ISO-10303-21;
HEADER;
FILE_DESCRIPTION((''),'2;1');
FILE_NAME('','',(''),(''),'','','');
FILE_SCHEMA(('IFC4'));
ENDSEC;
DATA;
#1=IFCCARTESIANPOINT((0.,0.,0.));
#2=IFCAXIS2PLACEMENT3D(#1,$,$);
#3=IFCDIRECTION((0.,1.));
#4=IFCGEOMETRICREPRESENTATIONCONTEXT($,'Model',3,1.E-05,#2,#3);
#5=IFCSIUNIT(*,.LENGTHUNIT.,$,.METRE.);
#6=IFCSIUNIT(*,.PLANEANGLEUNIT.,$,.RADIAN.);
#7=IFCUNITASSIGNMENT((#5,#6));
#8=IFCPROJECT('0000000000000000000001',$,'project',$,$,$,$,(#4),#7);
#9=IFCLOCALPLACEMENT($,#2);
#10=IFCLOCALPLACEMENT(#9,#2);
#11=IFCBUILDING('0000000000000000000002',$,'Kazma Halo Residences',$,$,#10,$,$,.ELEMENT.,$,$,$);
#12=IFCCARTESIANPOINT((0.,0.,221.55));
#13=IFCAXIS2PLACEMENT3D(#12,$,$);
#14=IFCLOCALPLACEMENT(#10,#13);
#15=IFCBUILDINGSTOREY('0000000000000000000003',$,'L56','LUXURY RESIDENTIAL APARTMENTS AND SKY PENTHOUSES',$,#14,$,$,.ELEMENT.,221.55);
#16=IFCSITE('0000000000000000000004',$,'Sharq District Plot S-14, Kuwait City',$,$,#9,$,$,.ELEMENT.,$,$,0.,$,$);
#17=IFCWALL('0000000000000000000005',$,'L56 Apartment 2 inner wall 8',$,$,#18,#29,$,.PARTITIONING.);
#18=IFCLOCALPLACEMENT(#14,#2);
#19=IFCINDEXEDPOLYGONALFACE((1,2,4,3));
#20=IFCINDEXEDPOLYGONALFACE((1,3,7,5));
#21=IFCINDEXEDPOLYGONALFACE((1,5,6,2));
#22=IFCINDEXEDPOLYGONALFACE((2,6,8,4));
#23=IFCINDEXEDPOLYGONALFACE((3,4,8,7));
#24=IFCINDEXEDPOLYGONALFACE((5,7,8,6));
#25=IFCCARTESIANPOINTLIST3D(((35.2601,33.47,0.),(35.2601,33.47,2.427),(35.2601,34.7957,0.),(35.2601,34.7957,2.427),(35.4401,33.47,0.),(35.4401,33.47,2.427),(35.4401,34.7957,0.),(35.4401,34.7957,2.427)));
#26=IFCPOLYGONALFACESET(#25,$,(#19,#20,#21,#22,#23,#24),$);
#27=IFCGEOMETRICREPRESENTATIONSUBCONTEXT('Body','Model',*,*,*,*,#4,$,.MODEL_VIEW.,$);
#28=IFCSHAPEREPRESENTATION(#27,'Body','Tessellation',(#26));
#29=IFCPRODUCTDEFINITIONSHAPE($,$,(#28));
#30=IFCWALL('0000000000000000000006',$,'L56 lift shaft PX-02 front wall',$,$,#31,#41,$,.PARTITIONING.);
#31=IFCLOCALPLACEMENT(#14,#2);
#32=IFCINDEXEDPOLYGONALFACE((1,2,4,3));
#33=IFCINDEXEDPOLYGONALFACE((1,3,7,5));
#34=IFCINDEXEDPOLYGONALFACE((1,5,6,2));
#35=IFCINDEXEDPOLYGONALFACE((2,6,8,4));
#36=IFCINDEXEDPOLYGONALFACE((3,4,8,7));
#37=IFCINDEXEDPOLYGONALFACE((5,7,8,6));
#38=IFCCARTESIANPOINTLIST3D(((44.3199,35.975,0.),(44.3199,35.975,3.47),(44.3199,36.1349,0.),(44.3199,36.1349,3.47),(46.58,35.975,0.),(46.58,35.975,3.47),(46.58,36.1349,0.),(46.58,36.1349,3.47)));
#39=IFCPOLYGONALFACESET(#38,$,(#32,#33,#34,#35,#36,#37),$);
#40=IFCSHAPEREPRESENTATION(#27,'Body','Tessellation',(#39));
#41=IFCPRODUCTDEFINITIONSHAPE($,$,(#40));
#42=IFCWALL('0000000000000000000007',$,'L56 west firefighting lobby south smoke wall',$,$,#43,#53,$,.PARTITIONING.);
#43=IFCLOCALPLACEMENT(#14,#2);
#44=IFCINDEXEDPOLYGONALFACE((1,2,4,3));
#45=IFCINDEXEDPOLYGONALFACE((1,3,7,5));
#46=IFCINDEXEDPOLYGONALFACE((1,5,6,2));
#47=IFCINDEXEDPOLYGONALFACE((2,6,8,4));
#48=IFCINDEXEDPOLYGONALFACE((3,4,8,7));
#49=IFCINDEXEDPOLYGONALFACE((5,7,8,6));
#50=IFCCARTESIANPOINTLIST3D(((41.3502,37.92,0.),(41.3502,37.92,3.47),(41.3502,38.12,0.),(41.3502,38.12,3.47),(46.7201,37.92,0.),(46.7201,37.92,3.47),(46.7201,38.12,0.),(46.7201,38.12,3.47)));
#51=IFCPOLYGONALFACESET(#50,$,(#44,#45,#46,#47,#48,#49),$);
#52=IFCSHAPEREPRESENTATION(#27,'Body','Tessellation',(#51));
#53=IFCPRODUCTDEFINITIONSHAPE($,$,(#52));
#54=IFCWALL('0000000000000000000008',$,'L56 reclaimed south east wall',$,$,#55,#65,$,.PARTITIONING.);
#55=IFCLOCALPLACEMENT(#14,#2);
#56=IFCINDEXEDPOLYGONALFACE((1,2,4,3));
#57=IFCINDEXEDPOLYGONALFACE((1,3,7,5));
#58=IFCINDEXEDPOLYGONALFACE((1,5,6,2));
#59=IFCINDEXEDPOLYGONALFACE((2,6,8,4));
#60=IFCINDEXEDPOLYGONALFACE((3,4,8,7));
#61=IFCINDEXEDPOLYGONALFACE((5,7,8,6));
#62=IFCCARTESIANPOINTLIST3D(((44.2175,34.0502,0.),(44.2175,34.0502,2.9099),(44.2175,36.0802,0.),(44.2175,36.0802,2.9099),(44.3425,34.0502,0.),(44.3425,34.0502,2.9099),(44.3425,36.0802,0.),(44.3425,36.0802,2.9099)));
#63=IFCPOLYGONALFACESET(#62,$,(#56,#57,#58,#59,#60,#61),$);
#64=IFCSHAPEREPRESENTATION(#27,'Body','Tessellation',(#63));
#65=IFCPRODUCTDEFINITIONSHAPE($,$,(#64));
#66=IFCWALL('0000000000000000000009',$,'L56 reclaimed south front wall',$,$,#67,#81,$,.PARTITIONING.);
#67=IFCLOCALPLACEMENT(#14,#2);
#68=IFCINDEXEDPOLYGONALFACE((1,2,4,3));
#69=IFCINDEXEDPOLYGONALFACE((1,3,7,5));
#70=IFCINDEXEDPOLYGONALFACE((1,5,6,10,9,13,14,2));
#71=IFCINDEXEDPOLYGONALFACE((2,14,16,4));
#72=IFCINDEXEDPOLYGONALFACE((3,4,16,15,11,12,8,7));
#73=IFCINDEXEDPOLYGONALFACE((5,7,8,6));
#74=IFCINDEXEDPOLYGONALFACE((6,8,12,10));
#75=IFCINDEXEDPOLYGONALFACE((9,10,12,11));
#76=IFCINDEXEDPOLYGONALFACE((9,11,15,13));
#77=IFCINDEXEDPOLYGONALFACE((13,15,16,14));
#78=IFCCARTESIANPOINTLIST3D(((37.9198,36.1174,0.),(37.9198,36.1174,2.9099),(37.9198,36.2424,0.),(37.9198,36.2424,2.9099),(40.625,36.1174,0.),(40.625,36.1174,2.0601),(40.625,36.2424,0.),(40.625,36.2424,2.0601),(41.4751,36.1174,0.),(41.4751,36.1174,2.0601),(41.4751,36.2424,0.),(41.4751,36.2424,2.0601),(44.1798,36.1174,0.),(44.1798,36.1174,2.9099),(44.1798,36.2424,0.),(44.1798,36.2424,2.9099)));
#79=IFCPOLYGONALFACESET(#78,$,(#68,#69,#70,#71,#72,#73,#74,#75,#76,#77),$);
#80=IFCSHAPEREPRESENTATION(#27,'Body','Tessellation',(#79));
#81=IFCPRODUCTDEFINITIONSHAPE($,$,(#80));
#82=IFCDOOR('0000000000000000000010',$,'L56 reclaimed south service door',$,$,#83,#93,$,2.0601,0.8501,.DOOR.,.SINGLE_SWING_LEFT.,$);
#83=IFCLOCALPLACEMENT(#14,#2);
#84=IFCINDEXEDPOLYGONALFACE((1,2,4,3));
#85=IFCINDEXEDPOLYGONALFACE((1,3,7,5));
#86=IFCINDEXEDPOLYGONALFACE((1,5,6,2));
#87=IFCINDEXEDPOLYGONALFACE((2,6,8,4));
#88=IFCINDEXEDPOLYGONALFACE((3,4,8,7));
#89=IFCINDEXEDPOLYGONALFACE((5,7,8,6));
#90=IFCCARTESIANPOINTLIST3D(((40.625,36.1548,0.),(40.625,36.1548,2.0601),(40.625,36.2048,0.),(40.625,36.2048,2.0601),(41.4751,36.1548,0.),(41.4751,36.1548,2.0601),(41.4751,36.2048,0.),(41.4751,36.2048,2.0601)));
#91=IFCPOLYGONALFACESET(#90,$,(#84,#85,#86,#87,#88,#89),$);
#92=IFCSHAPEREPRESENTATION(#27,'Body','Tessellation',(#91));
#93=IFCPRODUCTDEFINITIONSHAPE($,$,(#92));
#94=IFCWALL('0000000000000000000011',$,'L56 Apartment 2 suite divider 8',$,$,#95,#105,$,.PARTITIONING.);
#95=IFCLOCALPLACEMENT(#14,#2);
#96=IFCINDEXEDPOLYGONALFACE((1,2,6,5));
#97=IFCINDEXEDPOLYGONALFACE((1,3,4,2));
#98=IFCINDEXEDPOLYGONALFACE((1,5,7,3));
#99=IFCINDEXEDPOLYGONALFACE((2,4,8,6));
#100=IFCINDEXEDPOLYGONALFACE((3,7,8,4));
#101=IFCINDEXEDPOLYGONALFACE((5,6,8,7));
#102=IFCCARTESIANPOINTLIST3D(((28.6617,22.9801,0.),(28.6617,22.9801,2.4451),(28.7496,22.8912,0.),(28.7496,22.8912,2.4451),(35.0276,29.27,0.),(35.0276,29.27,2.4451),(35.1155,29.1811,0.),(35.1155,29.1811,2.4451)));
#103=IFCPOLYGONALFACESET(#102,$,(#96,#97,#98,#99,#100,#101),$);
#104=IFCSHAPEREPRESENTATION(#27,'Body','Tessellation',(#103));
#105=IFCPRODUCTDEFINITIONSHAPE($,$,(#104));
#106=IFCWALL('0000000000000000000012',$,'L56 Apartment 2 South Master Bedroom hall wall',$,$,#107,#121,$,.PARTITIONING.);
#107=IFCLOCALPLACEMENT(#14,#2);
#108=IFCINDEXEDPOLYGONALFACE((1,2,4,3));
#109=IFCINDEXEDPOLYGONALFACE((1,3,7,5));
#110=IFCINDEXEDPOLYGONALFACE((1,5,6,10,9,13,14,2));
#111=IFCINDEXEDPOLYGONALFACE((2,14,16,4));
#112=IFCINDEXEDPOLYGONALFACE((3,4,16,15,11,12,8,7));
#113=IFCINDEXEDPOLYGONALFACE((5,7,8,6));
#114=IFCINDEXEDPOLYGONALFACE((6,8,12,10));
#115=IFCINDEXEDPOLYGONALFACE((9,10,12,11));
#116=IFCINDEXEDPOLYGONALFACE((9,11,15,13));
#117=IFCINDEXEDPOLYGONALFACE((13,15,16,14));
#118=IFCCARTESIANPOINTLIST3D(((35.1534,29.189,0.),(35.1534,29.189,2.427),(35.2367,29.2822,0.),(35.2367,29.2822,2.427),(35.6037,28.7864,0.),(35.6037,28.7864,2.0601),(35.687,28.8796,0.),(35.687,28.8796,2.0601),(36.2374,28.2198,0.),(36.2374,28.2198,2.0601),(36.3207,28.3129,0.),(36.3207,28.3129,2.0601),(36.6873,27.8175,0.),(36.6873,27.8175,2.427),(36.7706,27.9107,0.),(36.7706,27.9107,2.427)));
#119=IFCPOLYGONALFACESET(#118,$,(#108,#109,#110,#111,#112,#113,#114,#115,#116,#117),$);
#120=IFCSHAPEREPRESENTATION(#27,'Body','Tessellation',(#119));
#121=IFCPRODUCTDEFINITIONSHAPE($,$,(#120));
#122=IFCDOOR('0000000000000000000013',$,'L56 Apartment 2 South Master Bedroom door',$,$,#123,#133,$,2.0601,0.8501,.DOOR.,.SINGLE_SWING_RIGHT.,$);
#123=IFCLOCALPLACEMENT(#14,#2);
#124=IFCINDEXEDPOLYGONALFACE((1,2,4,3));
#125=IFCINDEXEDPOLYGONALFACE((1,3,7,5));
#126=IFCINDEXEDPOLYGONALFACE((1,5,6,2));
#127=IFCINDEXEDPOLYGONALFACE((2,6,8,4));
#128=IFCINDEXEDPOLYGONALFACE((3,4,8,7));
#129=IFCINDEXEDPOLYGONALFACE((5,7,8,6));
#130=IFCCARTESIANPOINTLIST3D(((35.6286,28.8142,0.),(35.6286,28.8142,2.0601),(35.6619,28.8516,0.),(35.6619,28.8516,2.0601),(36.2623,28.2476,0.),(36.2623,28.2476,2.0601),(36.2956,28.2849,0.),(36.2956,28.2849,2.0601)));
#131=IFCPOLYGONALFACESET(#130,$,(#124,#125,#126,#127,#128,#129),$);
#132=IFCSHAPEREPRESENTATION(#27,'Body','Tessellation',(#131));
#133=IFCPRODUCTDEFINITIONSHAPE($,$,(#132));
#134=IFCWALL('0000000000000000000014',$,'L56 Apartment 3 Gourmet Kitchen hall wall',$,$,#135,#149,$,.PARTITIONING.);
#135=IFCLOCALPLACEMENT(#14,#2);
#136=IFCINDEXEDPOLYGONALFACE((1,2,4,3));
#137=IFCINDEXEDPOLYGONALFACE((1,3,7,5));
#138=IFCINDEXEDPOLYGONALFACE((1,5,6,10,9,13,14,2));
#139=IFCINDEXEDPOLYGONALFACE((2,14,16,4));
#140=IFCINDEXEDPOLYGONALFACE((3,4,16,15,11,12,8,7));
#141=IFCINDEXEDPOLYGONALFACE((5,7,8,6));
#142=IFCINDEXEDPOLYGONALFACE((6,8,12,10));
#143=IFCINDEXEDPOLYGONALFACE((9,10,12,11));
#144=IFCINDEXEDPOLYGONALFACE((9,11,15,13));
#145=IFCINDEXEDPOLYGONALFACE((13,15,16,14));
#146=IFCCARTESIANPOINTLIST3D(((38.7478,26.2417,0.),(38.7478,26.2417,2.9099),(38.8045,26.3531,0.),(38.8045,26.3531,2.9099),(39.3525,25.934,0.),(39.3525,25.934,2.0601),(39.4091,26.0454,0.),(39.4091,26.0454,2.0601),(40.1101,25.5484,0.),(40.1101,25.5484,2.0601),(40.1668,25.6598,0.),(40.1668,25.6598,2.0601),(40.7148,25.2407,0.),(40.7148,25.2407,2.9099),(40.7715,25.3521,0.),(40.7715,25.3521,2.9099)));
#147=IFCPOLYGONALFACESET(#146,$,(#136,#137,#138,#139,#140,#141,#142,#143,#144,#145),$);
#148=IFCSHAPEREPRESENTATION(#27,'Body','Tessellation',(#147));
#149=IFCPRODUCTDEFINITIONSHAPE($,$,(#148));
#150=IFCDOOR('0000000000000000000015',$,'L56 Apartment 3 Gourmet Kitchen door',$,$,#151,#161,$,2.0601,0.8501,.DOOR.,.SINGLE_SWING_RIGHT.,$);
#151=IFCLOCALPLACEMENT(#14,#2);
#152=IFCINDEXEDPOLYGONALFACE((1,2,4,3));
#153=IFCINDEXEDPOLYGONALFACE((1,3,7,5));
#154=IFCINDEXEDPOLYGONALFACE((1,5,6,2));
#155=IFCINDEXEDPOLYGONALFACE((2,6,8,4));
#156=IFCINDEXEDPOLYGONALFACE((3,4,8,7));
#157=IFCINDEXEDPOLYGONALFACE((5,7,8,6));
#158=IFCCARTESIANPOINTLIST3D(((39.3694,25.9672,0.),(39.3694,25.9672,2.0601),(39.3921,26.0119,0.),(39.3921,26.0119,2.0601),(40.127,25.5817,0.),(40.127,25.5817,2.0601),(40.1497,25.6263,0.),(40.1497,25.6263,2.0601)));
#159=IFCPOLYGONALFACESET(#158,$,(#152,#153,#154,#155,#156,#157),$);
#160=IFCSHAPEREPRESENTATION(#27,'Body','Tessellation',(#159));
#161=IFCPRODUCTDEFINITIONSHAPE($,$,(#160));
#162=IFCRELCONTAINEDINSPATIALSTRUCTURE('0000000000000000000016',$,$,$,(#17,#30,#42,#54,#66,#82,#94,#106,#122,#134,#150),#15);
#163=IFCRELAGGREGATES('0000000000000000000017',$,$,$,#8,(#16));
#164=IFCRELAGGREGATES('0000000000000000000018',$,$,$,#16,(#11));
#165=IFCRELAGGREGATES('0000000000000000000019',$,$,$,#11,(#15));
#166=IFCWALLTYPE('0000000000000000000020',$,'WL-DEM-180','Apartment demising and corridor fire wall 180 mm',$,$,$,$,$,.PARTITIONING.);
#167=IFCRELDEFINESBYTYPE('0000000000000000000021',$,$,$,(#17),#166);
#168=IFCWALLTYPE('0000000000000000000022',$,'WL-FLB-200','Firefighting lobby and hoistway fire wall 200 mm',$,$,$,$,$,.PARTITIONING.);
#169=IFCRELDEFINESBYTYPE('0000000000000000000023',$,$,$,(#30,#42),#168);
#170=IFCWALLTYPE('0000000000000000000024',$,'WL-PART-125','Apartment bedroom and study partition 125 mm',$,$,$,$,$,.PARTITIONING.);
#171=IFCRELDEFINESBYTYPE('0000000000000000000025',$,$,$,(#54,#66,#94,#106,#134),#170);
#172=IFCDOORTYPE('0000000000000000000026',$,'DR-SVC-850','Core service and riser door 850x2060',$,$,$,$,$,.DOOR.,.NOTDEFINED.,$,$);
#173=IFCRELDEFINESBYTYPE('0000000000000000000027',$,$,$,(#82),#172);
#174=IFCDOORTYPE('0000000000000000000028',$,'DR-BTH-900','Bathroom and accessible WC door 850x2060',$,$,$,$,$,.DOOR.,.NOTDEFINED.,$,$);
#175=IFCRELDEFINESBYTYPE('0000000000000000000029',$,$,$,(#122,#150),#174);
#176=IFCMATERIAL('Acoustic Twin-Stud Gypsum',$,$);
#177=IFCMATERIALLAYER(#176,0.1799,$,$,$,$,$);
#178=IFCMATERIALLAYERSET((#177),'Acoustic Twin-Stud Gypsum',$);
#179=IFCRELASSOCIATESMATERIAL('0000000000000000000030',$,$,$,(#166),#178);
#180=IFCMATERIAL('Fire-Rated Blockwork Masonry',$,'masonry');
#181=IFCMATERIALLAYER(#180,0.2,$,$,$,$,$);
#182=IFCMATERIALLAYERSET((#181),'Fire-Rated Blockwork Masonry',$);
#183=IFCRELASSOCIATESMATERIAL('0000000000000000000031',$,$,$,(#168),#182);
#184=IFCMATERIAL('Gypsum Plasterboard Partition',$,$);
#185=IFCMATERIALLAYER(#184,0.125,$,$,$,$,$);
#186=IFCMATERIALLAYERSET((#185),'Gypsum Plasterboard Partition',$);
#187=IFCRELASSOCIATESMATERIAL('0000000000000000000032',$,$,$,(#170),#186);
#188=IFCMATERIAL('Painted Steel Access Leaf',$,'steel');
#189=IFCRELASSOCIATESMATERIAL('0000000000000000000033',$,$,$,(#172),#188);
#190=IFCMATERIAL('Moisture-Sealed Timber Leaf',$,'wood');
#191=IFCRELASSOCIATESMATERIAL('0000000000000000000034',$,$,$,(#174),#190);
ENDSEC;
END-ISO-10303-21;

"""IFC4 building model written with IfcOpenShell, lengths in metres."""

from ifc_helpers import new_model, si_unit, direction, frame, frame_2d, origin, place, context, subcontext, project, spatial, rectangle, extrude, material, layer, layer_set, type_object, element, fill, save


model = new_model("IFC4")

# Units and contexts
model_context = context("Model", 3, precision=1e-05, world=origin(), true_north=direction((0.0, 1.0)))
body_context = subcontext(model_context, "Body", "Model", "MODEL_VIEW")
ifc_project = project(units=[si_unit("LENGTHUNIT", "METRE"), si_unit("PLANEANGLEUNIT", "RADIAN")], contexts=[model_context])

# Site, building, storey
site_placement = place(None, origin())
site = spatial("IfcSite", under=ifc_project, at=site_placement, Name="Sharq District Plot S-14, Kuwait City", CompositionType="ELEMENT", RefElevation=0.0)
building_placement = place(site_placement, origin())
building = spatial("IfcBuilding", under=site, at=building_placement, Name="Kazma Halo Residences", CompositionType="ELEMENT")
storey_placement = place(building_placement, frame((0.0, 0.0, 221.55)))
storey = spatial("IfcBuildingStorey", under=building, at=storey_placement, Name="L56", Description="LUXURY RESIDENTIAL APARTMENTS AND SKY PENTHOUSES", CompositionType="ELEMENT", Elevation=221.55)

# Shared definitions
ifc_material_1 = material(Name="Acoustic Twin-Stud Gypsum")
ifc_layer_1 = layer(ifc_material_1, 0.1799)
ifc_layer_set_1 = layer_set([ifc_layer_1], Name="Acoustic Twin-Stud Gypsum")
wall_type_1 = type_object("IfcWallType", Name="WL-DEM-180", Description="Apartment demising and corridor fire wall 180 mm", PredefinedType="PARTITIONING", material=ifc_layer_set_1)

# Walls
wall_1_placement = place(storey_placement, frame((35.3501, 34.7957, 0.0), z_axis=(0.0, 0.0, 1.0), x_axis=(0.0, -1.0, 0.0)))
element("IfcWall", 1, at=wall_1_placement, inside=storey, type_object=wall_type_1, Name="L56 Apartment 2 inner wall 8", PredefinedType="PARTITIONING", context=body_context, shape_type="SweptSolid", body=[
    extrude(rectangle(XDim=1.3257, YDim=0.1799, at=frame_2d((0.6628, 0.0))), origin(), (0.0, 0.0, 1.0), 2.427),
])
ifc_material_2 = material(Name="Fire-Rated Blockwork Masonry", Category="masonry")
ifc_layer_2 = layer(ifc_material_2, 0.2)
ifc_layer_set_2 = layer_set([ifc_layer_2], Name="Fire-Rated Blockwork Masonry")
wall_type_2 = type_object("IfcWallType", Name="WL-FLB-200", Description="Firefighting lobby and hoistway fire wall 200 mm", PredefinedType="PARTITIONING", material=ifc_layer_set_2)
wall_2_placement = place(storey_placement, frame((44.3201, 36.0549, 0.0), z_axis=(0.0, 0.0, 1.0), x_axis=(1.0, 0.0, 0.0)))
element("IfcWall", 2, at=wall_2_placement, inside=storey, type_object=wall_type_2, Name="L56 lift shaft PX-02 front wall", PredefinedType="PARTITIONING", context=body_context, shape_type="SweptSolid", body=[
    extrude(rectangle(XDim=2.26, YDim=0.1599, at=frame_2d((1.1299, 0.0))), origin(), (0.0, 0.0, 1.0), 3.47),
])
wall_3_placement = place(storey_placement, frame((41.3501, 38.02, 0.0), z_axis=(0.0, 0.0, 1.0), x_axis=(1.0, 0.0, 0.0)))
element("IfcWall", 3, at=wall_3_placement, inside=storey, type_object=wall_type_2, Name="L56 west firefighting lobby south smoke wall", PredefinedType="PARTITIONING", context=body_context, shape_type="SweptSolid", body=[
    extrude(rectangle(XDim=5.3699, YDim=0.2, at=frame_2d((2.6851, 0.0))), origin(), (0.0, 0.0, 1.0), 3.47),
])
ifc_material_3 = material(Name="Gypsum Plasterboard Partition")
ifc_layer_3 = layer(ifc_material_3, 0.125)
ifc_layer_set_3 = layer_set([ifc_layer_3], Name="Gypsum Plasterboard Partition")
wall_type_3 = type_object("IfcWallType", Name="WL-PART-125", Description="Apartment bedroom and study partition 125 mm", PredefinedType="PARTITIONING", material=ifc_layer_set_3)
wall_4_placement = place(storey_placement, frame((44.28, 34.05, 0.0), z_axis=(0.0, 0.0, 1.0), x_axis=(0.0, 1.0, 0.0)))
element("IfcWall", 4, at=wall_4_placement, inside=storey, type_object=wall_type_3, Name="L56 reclaimed south east wall", PredefinedType="PARTITIONING", context=body_context, shape_type="SweptSolid", body=[
    extrude(rectangle(XDim=2.03, YDim=0.125, at=frame_2d((1.0151, 0.0))), origin(), (0.0, 0.0, 1.0), 2.9099),
])

# Wall, opening, door
wall_5_placement = place(storey_placement, frame((37.9199, 36.1799, 0.0), z_axis=(0.0, 0.0, 1.0), x_axis=(1.0, 0.0, 0.0)))
wall_5 = element("IfcWall", 5, at=wall_5_placement, inside=storey, type_object=wall_type_3, Name="L56 reclaimed south front wall", PredefinedType="PARTITIONING", context=body_context, shape_type="SweptSolid", body=[
    extrude(rectangle(XDim=6.26, YDim=0.125, at=frame_2d((3.1299, 0.0))), origin(), (0.0, 0.0, 1.0), 2.9099),
])
opening_1_placement = place(wall_5_placement, frame((2.7051, 0.0, 0.0)))
opening_1 = element("IfcOpeningElement", 6, at=opening_1_placement, cuts=wall_5, PredefinedType="OPENING", context=body_context, shape_type="SweptSolid", body=[
    extrude(rectangle(XDim=0.8501, YDim=2.0601, at=frame_2d((0.425, 1.03))), frame((0.0, 0.0725, 0.0), z_axis=(0.0, -1.0, 0.0), x_axis=(1.0, 0.0, 0.0)), (0.0, 0.0, 1.0), 0.145),
])
ifc_material_4 = material(Name="Painted Steel Access Leaf", Category="steel")
door_type_1 = type_object("IfcDoorType", Name="DR-SVC-850", Description="Core service and riser door 850x2060", OperationType="NOTDEFINED", PredefinedType="DOOR", material=ifc_material_4)
door_1_placement = place(opening_1_placement, origin())
door_1 = element("IfcDoor", 7, at=door_1_placement, inside=storey, type_object=door_type_1, Name="L56 reclaimed south service door", OperationType="SINGLE_SWING_LEFT", OverallHeight=2.0601, OverallWidth=0.8501, PredefinedType="DOOR", context=body_context, shape_type="SweptSolid", body=[
    extrude(rectangle(XDim=0.8501, YDim=2.0601, at=frame_2d((0.425, 1.03))), frame((0.0, 0.0249, 0.0), z_axis=(0.0, -1.0, 0.0), x_axis=(1.0, 0.0, 0.0)), (0.0, 0.0, 1.0), 0.05),
])
fill(opening_1, door_1)

# Wall
wall_6_placement = place(storey_placement, frame((35.0715, 29.2256, 0.0), z_axis=(0.0, 0.0, 1.0), x_axis=(-0.711336, -0.702852, 0.0)))
element("IfcWall", 8, at=wall_6_placement, inside=storey, type_object=wall_type_3, Name="L56 Apartment 2 suite divider 8", PredefinedType="PARTITIONING", context=body_context, shape_type="SweptSolid", body=[
    extrude(rectangle(XDim=8.9492, YDim=0.125, at=frame_2d((4.4746, 0.0))), origin(), (0.0, 0.0, 1.0), 2.4451),
])

# Walls, openings, doors
wall_7_placement = place(storey_placement, frame((35.1951, 29.2356, 0.0), z_axis=(0.0, 0.0, 1.0), x_axis=(0.745455, -0.666556, 0.0)))
wall_7 = element("IfcWall", 9, at=wall_7_placement, inside=storey, type_object=wall_type_3, Name="L56 Apartment 2 South Master Bedroom hall wall", PredefinedType="PARTITIONING", context=body_context, shape_type="SweptSolid", body=[
    extrude(rectangle(XDim=2.0576, YDim=0.125, at=frame_2d((1.0288, 0.0))), origin(), (0.0, 0.0, 1.0), 2.427),
])
opening_2_placement = place(wall_7_placement, frame((0.604, 0.0, 0.0)))
opening_2 = element("IfcOpeningElement", 10, at=opening_2_placement, cuts=wall_7, PredefinedType="OPENING", context=body_context, shape_type="SweptSolid", body=[
    extrude(rectangle(XDim=0.8501, YDim=2.0601, at=frame_2d((0.425, 1.03))), frame((0.0, 0.0725, 0.0), z_axis=(0.0, -1.0, 0.0), x_axis=(1.0, 0.0, 0.0)), (0.0, 0.0, 1.0), 0.145),
])
ifc_material_5 = material(Name="Moisture-Sealed Timber Leaf", Category="wood")
door_type_2 = type_object("IfcDoorType", Name="DR-BTH-900", Description="Bathroom and accessible WC door 850x2060", OperationType="NOTDEFINED", PredefinedType="DOOR", material=ifc_material_5)
door_2_placement = place(opening_2_placement, origin())
door_2 = element("IfcDoor", 11, at=door_2_placement, inside=storey, type_object=door_type_2, Name="L56 Apartment 2 South Master Bedroom door", OperationType="SINGLE_SWING_RIGHT", OverallHeight=2.0601, OverallWidth=0.8501, PredefinedType="DOOR", context=body_context, shape_type="SweptSolid", body=[
    extrude(rectangle(XDim=0.8501, YDim=2.0601, at=frame_2d((0.425, 1.03))), frame((0.0, 0.0249, 0.0), z_axis=(0.0, -1.0, 0.0), x_axis=(1.0, 0.0, 0.0)), (0.0, 0.0, 1.0), 0.05),
])
fill(opening_2, door_2)
wall_8_placement = place(storey_placement, frame((38.7761, 26.2974, 0.0), z_axis=(0.0, 0.0, 1.0), x_axis=(0.891241, -0.45353, 0.0)))
wall_8 = element("IfcWall", 12, at=wall_8_placement, inside=storey, type_object=wall_type_3, Name="L56 Apartment 3 Gourmet Kitchen hall wall", PredefinedType="PARTITIONING", context=body_context, shape_type="SweptSolid", body=[
    extrude(rectangle(XDim=2.207, YDim=0.125, at=frame_2d((1.1035, 0.0))), origin(), (0.0, 0.0, 1.0), 2.9099),
])
opening_3_placement = place(wall_8_placement, frame((0.6785, 0.0, 0.0)))
opening_3 = element("IfcOpeningElement", 13, at=opening_3_placement, cuts=wall_8, PredefinedType="OPENING", context=body_context, shape_type="SweptSolid", body=[
    extrude(rectangle(XDim=0.8501, YDim=2.0601, at=frame_2d((0.425, 1.03))), frame((0.0, 0.0725, 0.0), z_axis=(0.0, -1.0, 0.0), x_axis=(1.0, 0.0, 0.0)), (0.0, 0.0, 1.0), 0.145),
])
door_3_placement = place(opening_3_placement, origin())
door_3 = element("IfcDoor", 14, at=door_3_placement, inside=storey, type_object=door_type_2, Name="L56 Apartment 3 Gourmet Kitchen door", OperationType="SINGLE_SWING_RIGHT", OverallHeight=2.0601, OverallWidth=0.8501, PredefinedType="DOOR", context=body_context, shape_type="SweptSolid", body=[
    extrude(rectangle(XDim=0.8501, YDim=2.0601, at=frame_2d((0.425, 1.03))), frame((0.0, 0.0249, 0.0), z_axis=(0.0, -1.0, 0.0), x_axis=(1.0, 0.0, 0.0)), (0.0, 0.0, 1.0), 0.05),
])
fill(opening_3, door_3)

save(model, "model.ifc")
